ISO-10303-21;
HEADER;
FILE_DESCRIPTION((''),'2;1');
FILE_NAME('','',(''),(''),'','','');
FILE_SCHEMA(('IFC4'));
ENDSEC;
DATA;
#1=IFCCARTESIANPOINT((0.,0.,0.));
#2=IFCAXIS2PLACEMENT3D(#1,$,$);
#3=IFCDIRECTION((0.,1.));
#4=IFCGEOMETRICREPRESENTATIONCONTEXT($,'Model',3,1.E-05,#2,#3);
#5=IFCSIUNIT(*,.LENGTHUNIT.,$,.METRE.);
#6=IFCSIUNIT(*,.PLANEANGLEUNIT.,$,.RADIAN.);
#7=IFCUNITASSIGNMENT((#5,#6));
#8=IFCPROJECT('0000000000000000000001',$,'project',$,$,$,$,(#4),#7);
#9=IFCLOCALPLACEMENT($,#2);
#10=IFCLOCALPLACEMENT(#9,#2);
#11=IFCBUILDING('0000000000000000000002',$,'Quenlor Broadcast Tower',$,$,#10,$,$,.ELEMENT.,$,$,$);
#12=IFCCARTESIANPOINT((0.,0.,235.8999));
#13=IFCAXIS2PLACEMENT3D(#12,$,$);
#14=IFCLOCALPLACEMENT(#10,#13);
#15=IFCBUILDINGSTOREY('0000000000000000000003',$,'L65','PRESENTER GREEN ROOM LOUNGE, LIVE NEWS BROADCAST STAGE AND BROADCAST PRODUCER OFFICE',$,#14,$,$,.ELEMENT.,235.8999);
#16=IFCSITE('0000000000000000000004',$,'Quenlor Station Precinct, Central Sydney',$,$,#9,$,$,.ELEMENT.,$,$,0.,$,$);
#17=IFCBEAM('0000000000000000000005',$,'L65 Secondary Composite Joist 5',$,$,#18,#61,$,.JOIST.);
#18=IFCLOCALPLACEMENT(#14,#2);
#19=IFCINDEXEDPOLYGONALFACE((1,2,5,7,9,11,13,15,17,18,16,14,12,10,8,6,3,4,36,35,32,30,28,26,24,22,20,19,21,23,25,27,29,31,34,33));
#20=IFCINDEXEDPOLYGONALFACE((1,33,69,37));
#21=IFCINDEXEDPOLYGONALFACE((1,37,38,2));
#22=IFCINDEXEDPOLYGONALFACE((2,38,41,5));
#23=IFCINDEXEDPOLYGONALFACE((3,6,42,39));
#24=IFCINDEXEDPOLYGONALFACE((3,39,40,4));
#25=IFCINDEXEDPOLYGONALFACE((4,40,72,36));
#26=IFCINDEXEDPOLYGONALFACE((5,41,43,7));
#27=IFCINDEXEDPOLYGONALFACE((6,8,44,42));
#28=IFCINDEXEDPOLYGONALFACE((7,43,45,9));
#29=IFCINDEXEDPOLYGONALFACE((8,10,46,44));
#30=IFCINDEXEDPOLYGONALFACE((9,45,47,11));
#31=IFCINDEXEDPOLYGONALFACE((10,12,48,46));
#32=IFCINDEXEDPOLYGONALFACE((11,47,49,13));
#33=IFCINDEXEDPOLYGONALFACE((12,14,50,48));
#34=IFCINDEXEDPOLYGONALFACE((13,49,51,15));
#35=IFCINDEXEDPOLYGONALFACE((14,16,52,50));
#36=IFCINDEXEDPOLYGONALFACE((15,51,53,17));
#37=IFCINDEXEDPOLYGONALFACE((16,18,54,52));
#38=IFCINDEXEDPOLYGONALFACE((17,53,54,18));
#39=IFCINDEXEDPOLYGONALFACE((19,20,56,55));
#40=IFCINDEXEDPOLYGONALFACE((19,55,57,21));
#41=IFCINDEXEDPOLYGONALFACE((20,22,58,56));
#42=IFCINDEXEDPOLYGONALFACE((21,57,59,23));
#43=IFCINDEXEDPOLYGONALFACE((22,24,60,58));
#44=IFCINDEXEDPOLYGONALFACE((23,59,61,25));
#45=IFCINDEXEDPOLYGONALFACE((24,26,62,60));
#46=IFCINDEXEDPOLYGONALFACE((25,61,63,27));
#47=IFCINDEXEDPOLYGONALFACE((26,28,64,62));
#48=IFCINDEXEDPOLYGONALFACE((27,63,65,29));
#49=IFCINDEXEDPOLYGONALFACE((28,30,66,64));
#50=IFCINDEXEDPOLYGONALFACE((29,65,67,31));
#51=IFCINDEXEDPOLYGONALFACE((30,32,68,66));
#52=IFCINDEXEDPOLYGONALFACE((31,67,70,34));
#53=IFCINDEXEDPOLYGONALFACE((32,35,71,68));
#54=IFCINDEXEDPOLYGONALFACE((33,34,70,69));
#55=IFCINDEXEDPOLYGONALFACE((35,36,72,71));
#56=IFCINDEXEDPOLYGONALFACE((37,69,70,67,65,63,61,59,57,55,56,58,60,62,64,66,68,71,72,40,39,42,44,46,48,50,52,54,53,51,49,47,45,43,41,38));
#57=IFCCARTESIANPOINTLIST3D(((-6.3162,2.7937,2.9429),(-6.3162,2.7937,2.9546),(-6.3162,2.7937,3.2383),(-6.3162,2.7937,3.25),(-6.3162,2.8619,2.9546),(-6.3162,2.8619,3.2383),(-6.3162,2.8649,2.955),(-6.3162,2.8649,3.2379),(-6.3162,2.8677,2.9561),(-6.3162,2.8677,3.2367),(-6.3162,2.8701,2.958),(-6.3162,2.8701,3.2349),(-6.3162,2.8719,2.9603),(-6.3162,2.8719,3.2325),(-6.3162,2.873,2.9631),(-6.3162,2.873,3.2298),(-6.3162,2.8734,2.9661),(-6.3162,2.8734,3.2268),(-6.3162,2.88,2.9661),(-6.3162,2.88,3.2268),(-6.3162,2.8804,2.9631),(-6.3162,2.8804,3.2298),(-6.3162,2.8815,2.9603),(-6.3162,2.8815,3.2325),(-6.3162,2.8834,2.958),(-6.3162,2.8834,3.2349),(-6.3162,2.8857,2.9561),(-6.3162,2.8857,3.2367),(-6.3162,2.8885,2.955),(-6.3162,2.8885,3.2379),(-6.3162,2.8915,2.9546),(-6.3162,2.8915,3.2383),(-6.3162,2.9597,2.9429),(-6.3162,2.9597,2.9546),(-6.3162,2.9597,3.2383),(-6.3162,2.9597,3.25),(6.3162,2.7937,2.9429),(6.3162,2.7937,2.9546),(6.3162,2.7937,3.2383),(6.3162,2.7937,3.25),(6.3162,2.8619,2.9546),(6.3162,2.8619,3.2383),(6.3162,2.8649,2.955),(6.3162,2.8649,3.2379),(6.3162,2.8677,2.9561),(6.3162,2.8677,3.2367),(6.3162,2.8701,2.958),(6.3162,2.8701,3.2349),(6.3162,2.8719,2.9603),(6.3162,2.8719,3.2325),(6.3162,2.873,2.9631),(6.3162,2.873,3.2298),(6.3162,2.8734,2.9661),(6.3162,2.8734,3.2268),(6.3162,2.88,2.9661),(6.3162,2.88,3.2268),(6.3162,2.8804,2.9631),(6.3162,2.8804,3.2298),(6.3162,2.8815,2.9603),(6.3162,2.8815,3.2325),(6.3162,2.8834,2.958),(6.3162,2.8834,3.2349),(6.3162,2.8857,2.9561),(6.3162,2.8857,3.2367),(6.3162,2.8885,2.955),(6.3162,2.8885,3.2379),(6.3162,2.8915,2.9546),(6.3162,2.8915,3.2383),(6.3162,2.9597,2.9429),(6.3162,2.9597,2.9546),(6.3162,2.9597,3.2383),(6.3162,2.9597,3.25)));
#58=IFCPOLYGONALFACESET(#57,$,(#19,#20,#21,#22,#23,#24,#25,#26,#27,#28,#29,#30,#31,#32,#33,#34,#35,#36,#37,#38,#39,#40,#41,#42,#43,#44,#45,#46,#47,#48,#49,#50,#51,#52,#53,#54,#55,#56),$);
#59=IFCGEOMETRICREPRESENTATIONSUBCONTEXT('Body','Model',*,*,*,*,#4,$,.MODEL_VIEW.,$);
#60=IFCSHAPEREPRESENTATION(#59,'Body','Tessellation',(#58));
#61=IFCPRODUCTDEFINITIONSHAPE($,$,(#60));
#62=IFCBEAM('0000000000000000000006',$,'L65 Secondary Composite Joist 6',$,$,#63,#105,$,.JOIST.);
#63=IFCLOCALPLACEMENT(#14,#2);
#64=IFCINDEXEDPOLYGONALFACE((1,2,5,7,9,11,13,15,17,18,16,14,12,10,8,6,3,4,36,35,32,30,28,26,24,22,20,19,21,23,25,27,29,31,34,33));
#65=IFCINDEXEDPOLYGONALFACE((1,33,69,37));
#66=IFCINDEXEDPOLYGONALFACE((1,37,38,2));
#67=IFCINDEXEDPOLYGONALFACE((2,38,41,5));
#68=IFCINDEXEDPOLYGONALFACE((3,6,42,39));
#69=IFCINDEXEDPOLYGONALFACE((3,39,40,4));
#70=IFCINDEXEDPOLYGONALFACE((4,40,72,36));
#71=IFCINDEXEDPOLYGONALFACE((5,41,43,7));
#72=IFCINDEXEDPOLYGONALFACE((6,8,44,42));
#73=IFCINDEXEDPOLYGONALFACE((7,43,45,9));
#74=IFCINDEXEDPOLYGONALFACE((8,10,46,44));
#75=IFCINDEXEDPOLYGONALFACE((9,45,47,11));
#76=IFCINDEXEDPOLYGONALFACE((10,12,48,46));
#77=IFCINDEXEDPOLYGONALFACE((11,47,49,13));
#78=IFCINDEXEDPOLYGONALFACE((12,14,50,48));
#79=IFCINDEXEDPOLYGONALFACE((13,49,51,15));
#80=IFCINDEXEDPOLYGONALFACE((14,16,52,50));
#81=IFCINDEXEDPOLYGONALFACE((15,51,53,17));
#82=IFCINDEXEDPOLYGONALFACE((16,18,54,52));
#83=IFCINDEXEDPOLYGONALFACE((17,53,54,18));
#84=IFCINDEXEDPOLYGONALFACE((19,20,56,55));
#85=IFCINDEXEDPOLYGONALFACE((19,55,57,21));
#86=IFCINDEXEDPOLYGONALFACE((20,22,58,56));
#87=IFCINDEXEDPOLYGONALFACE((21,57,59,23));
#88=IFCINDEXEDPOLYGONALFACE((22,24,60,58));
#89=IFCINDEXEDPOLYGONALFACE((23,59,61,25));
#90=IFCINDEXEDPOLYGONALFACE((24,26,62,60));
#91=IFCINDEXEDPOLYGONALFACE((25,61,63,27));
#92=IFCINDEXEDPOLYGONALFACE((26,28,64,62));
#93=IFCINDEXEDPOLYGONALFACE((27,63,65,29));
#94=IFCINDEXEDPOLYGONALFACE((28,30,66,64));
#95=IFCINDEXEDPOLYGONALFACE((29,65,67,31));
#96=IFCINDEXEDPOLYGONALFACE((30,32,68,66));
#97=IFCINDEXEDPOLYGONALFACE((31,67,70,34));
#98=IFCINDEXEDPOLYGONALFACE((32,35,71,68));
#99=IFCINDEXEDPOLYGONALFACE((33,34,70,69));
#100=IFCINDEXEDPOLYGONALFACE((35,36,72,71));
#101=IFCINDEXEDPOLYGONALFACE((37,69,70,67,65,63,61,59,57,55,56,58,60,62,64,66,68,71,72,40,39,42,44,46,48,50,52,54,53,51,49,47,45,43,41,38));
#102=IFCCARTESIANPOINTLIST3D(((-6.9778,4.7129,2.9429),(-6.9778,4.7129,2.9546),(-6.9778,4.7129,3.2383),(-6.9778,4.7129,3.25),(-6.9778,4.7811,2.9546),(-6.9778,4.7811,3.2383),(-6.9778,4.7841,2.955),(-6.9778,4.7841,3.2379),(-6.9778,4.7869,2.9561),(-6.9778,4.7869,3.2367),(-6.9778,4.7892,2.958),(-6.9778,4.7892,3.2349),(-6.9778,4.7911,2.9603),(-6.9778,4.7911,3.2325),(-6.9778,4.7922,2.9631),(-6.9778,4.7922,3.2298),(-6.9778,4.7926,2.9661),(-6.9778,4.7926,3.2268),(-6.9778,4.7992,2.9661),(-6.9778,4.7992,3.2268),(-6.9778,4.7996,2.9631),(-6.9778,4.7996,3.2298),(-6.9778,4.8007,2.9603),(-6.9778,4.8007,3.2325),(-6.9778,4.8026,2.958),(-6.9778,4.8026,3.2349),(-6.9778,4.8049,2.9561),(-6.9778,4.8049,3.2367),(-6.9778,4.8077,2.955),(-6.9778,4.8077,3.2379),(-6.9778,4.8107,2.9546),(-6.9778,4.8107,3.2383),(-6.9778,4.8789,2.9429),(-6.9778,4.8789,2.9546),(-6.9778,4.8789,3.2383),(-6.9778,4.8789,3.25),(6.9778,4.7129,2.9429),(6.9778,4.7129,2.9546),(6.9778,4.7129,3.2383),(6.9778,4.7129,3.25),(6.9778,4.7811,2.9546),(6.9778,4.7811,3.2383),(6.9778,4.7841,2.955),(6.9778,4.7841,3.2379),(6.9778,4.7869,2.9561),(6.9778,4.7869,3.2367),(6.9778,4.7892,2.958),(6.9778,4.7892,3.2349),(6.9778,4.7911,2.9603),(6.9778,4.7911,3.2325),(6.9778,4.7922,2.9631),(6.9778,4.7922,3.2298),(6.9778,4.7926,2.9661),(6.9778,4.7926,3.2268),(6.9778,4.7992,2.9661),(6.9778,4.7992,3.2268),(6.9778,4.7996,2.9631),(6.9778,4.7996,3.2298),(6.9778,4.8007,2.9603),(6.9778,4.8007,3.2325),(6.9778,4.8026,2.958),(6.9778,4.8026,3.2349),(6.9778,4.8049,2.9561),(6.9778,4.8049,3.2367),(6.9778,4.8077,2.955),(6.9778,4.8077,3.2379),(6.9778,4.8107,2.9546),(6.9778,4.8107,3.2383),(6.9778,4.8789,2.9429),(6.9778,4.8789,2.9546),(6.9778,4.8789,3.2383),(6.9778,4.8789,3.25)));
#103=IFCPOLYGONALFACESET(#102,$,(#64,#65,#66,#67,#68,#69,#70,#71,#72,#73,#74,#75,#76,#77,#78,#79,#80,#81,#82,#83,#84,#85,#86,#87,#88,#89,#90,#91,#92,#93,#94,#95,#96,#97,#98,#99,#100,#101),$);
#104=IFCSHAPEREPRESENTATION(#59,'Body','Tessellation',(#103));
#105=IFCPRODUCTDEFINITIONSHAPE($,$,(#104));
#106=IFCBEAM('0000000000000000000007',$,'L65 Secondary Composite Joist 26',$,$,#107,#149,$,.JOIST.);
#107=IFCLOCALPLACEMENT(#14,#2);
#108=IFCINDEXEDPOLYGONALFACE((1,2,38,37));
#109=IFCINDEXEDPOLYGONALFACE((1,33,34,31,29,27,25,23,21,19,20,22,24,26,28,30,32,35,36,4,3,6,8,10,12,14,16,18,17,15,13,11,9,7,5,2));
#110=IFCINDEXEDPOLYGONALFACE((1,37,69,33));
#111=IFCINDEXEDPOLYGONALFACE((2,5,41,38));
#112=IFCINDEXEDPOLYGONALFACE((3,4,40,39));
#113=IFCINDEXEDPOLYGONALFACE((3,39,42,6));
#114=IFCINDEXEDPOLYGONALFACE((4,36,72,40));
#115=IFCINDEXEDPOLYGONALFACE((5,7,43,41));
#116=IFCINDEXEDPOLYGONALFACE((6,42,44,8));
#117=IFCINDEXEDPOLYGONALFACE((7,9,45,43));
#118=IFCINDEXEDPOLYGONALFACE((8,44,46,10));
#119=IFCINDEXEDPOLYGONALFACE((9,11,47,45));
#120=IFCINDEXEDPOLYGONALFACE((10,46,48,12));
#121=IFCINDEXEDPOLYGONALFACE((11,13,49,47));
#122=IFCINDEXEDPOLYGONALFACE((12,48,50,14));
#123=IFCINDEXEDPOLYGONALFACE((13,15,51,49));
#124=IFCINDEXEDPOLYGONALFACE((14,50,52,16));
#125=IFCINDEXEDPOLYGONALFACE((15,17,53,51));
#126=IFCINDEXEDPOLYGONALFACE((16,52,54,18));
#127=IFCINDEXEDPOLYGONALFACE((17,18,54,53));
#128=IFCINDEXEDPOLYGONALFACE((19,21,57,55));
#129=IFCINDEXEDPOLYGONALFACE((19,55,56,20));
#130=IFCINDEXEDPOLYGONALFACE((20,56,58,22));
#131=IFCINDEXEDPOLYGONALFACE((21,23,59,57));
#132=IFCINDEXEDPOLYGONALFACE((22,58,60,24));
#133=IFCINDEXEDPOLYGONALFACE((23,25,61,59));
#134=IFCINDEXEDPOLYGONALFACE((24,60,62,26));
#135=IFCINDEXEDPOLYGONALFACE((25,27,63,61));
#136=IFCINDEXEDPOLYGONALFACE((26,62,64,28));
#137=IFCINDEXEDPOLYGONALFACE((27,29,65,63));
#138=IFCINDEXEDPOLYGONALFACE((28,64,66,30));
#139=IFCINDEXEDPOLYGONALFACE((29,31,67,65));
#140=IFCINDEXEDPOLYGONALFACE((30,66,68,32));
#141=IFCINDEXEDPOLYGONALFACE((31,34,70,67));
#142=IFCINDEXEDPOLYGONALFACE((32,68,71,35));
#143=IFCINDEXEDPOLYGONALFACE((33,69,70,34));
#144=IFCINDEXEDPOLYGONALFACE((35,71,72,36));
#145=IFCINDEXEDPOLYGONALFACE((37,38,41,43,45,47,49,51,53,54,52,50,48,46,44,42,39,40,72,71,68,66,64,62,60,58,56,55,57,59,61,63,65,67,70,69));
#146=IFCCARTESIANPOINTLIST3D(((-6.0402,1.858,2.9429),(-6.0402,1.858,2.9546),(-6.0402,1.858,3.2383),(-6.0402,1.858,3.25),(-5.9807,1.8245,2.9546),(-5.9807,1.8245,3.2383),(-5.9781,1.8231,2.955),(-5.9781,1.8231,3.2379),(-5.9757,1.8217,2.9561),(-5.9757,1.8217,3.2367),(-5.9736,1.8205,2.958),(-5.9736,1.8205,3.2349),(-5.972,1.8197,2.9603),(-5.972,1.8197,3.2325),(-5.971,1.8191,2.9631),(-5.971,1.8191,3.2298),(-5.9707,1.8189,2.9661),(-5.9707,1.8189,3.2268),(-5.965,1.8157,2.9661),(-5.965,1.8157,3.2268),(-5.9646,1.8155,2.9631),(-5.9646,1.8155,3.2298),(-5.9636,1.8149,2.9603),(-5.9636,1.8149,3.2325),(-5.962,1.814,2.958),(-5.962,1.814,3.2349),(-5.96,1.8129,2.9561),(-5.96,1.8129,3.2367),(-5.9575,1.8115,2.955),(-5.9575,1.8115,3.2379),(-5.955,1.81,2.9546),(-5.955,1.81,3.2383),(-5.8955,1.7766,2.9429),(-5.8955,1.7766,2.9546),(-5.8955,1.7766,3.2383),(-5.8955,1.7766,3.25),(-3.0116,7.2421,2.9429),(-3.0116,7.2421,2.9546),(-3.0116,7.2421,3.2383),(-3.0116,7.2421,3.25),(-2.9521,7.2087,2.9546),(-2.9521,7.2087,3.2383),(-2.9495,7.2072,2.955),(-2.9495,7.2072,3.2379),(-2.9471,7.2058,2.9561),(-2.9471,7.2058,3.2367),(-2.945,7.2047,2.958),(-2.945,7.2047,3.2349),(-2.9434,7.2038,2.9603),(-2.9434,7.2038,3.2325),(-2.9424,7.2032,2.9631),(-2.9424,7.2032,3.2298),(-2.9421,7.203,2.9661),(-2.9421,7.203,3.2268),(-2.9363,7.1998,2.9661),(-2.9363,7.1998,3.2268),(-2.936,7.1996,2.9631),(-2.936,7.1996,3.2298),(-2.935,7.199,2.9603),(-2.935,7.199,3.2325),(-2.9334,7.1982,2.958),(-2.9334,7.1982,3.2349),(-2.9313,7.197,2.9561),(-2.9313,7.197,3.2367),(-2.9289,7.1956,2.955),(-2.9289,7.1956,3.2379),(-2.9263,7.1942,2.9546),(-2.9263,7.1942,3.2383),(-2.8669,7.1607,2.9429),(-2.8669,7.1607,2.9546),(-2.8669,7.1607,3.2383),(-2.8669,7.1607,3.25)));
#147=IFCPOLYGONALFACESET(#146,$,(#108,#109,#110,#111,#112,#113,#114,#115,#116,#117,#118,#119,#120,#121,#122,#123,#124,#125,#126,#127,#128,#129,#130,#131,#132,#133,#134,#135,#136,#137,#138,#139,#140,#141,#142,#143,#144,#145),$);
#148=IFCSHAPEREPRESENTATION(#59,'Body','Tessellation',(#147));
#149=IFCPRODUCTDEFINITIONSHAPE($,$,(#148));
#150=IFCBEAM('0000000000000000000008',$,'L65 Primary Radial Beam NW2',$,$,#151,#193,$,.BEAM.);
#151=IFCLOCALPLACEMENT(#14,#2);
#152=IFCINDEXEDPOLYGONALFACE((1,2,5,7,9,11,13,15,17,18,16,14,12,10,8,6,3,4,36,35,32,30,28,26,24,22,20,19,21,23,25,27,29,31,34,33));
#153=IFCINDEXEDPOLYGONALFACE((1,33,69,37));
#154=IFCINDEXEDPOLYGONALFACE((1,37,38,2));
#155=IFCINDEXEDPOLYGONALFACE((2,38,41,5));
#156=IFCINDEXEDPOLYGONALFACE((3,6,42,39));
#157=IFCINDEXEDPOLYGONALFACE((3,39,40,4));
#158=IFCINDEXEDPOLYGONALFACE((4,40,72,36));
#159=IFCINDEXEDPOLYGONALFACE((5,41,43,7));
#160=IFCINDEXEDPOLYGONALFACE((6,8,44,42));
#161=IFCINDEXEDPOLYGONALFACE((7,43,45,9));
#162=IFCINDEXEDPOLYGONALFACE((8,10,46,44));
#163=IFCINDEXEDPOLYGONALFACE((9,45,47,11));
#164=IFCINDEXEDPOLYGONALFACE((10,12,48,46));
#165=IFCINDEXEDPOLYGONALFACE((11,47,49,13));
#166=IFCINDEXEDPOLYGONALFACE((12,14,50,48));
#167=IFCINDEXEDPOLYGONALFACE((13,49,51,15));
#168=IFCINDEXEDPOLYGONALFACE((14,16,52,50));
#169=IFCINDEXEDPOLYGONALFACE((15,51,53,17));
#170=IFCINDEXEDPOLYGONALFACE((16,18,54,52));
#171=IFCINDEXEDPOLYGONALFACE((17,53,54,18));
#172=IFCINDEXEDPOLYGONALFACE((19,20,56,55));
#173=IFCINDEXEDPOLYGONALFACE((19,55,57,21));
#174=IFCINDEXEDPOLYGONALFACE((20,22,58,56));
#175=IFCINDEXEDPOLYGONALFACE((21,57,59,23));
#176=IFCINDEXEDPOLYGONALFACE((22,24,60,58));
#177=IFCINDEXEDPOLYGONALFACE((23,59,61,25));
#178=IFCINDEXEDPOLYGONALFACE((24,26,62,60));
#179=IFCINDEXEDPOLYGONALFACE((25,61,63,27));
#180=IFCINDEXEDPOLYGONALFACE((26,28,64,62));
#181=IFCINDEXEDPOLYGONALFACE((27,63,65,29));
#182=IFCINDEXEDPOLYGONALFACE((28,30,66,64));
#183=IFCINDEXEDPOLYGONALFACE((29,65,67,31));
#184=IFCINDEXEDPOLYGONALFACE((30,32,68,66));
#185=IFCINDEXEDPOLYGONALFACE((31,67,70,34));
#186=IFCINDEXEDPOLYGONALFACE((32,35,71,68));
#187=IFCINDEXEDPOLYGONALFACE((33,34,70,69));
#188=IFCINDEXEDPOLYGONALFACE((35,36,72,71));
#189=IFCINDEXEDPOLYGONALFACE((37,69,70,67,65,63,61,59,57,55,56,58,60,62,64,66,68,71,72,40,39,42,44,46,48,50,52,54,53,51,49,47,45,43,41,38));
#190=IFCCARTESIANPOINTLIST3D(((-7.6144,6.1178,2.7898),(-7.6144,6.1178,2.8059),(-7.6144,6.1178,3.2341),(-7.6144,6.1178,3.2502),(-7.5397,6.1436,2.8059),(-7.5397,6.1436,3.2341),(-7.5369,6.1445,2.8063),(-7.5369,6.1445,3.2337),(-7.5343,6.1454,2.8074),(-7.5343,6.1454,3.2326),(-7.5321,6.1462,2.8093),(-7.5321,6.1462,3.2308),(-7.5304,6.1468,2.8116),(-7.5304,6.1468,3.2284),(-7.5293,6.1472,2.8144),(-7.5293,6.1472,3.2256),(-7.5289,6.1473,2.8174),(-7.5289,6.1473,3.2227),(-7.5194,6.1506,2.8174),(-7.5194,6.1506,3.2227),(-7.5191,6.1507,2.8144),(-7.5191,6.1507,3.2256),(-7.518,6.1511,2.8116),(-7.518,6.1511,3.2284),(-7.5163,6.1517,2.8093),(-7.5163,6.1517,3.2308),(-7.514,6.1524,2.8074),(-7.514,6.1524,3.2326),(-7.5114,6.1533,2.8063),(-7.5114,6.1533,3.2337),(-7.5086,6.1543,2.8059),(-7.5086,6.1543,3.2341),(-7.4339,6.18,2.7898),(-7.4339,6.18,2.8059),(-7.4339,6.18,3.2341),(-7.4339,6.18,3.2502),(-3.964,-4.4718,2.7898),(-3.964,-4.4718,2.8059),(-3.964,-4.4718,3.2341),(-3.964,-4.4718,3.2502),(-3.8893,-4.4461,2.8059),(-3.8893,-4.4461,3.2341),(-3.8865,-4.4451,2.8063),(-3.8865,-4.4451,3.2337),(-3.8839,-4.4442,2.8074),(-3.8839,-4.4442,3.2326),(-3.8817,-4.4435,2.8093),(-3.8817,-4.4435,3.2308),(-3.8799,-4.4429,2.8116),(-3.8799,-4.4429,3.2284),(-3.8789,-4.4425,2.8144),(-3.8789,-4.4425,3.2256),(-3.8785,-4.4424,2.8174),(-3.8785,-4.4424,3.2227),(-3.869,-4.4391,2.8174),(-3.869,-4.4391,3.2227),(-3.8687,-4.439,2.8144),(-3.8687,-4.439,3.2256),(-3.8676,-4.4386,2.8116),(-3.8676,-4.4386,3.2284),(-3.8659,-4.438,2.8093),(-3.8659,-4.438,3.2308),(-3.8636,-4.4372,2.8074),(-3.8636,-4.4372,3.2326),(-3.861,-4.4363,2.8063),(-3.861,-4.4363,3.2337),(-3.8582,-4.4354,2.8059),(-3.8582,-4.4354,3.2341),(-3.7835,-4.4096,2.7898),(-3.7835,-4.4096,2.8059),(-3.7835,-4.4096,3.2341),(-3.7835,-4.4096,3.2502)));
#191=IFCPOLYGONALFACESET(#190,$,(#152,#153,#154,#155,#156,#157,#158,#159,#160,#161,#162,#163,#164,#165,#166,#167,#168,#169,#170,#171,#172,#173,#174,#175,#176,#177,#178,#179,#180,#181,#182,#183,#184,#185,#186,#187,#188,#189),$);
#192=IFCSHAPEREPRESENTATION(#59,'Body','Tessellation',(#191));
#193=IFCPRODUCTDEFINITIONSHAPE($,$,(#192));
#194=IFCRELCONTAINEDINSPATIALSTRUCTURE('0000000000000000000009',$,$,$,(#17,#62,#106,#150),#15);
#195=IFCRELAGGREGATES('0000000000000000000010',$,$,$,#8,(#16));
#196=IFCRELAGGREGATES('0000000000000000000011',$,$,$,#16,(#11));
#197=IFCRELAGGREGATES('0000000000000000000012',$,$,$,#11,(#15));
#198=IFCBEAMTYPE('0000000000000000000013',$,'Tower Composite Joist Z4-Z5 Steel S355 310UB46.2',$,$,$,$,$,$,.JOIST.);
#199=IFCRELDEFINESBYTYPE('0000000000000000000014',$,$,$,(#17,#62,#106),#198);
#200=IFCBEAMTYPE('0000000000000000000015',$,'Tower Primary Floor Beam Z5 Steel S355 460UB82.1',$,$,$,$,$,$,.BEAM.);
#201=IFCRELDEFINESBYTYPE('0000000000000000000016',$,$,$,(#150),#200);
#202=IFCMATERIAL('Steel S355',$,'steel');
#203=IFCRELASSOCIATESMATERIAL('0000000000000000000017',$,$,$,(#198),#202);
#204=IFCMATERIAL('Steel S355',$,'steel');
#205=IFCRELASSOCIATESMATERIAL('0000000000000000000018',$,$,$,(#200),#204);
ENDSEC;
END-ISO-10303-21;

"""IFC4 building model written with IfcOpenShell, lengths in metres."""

from ifc_helpers import new_model, si_unit, direction, frame, origin, origin_2d, place, context, subcontext, project, spatial, i_section, extrude, material, material_profile, profile_set, type_object, element, save


model = new_model("IFC4")

# Units and contexts
model_context = context("Model", 3, precision=1e-05, world=origin(), true_north=direction((0.0, 1.0)))
body_context = subcontext(model_context, "Body", "Model", "MODEL_VIEW")
ifc_project = project(units=[si_unit("LENGTHUNIT", "METRE"), si_unit("PLANEANGLEUNIT", "RADIAN")], contexts=[model_context])

# Site, building, storey
site_placement = place(None, origin())
site = spatial("IfcSite", under=ifc_project, at=site_placement, Name="Quenlor Station Precinct, Central Sydney", CompositionType="ELEMENT", RefElevation=0.0)
building_placement = place(site_placement, origin())
building = spatial("IfcBuilding", under=site, at=building_placement, Name="Quenlor Broadcast Tower", CompositionType="ELEMENT")
storey_placement = place(building_placement, frame((0.0, 0.0, 235.8999)))
storey = spatial("IfcBuildingStorey", under=building, at=storey_placement, Name="L65", Description="PRESENTER GREEN ROOM LOUNGE, LIVE NEWS BROADCAST STAGE AND BROADCAST PRODUCER OFFICE", CompositionType="ELEMENT", Elevation=235.8999)

# Beams
ifc_material_1 = material(Name="Steel S355", Category="steel")
ifc_material_profile_1 = material_profile(ifc_material_1, i_section(OverallWidth=0.166, OverallDepth=0.3071, WebThickness=0.0066, FlangeThickness=0.0117, FilletRadius=0.0115, at=origin_2d()))
ifc_profile_set_1 = profile_set([ifc_material_profile_1], Name="Steel S355 310UB46.2")
beam_type_1 = type_object("IfcBeamType", Name="Tower Composite Joist Z4-Z5 Steel S355 310UB46.2", PredefinedType="JOIST", material=ifc_profile_set_1)
beam_1_placement = place(storey_placement, frame((-6.3162, 2.8767, 3.0964), z_axis=(1.0, 0.0, 0.0), x_axis=(0.0, 1.0, 0.0)))
element("IfcBeam", 1, at=beam_1_placement, inside=storey, type_object=beam_type_1, Name="L65 Secondary Composite Joist 5", PredefinedType="JOIST", context=body_context, shape_type="SweptSolid", body=[
    extrude(i_section(OverallWidth=0.166, OverallDepth=0.3071, WebThickness=0.0066, FlangeThickness=0.0117, FilletRadius=0.0115, at=origin_2d()), origin(), (0.0, 0.0, 1.0), 12.6323),
])
beam_2_placement = place(storey_placement, frame((-6.9778, 4.7959, 3.0964), z_axis=(1.0, 0.0, 0.0), x_axis=(0.0, 1.0, 0.0)))
element("IfcBeam", 2, at=beam_2_placement, inside=storey, type_object=beam_type_1, Name="L65 Secondary Composite Joist 6", PredefinedType="JOIST", context=body_context, shape_type="SweptSolid", body=[
    extrude(i_section(OverallWidth=0.166, OverallDepth=0.3071, WebThickness=0.0066, FlangeThickness=0.0117, FilletRadius=0.0115, at=origin_2d()), origin(), (0.0, 0.0, 1.0), 13.9556),
])
beam_3_placement = place(storey_placement, frame((-2.9392, 7.2014, 3.0964), z_axis=(-0.490267, -0.871572, 0.0), x_axis=(0.871572, -0.490267, 0.0)))
element("IfcBeam", 3, at=beam_3_placement, inside=storey, type_object=beam_type_1, Name="L65 Secondary Composite Joist 26", PredefinedType="JOIST", context=body_context, shape_type="SweptSolid", body=[
    extrude(i_section(OverallWidth=0.166, OverallDepth=0.3071, WebThickness=0.0066, FlangeThickness=0.0117, FilletRadius=0.0115, at=origin_2d()), origin(), (0.0, 0.0, 1.0), 6.1775),
])
ifc_material_2 = material(Name="Steel S355", Category="steel")
ifc_material_profile_2 = material_profile(ifc_material_2, i_section(OverallWidth=0.1909, OverallDepth=0.4604, WebThickness=0.01, FlangeThickness=0.0161, FilletRadius=0.0115, at=origin_2d()))
ifc_profile_set_2 = profile_set([ifc_material_profile_2], Name="Steel S355 460UB82.1")
beam_type_2 = type_object("IfcBeamType", Name="Tower Primary Floor Beam Z5 Steel S355 460UB82.1", PredefinedType="BEAM", material=ifc_profile_set_2)
beam_4_placement = place(storey_placement, frame((-7.5242, 6.1489, 3.02), z_axis=(0.325895, -0.945406, 0.0), x_axis=(0.945406, 0.325895, 0.0)))
element("IfcBeam", 4, at=beam_4_placement, inside=storey, type_object=beam_type_2, Name="L65 Primary Radial Beam NW2", PredefinedType="BEAM", context=body_context, shape_type="SweptSolid", body=[
    extrude(i_section(OverallWidth=0.1909, OverallDepth=0.4604, WebThickness=0.01, FlangeThickness=0.0161, FilletRadius=0.0115, at=origin_2d()), origin(), (0.0, 0.0, 1.0), 11.2012),
])

save(model, "model.ifc")
